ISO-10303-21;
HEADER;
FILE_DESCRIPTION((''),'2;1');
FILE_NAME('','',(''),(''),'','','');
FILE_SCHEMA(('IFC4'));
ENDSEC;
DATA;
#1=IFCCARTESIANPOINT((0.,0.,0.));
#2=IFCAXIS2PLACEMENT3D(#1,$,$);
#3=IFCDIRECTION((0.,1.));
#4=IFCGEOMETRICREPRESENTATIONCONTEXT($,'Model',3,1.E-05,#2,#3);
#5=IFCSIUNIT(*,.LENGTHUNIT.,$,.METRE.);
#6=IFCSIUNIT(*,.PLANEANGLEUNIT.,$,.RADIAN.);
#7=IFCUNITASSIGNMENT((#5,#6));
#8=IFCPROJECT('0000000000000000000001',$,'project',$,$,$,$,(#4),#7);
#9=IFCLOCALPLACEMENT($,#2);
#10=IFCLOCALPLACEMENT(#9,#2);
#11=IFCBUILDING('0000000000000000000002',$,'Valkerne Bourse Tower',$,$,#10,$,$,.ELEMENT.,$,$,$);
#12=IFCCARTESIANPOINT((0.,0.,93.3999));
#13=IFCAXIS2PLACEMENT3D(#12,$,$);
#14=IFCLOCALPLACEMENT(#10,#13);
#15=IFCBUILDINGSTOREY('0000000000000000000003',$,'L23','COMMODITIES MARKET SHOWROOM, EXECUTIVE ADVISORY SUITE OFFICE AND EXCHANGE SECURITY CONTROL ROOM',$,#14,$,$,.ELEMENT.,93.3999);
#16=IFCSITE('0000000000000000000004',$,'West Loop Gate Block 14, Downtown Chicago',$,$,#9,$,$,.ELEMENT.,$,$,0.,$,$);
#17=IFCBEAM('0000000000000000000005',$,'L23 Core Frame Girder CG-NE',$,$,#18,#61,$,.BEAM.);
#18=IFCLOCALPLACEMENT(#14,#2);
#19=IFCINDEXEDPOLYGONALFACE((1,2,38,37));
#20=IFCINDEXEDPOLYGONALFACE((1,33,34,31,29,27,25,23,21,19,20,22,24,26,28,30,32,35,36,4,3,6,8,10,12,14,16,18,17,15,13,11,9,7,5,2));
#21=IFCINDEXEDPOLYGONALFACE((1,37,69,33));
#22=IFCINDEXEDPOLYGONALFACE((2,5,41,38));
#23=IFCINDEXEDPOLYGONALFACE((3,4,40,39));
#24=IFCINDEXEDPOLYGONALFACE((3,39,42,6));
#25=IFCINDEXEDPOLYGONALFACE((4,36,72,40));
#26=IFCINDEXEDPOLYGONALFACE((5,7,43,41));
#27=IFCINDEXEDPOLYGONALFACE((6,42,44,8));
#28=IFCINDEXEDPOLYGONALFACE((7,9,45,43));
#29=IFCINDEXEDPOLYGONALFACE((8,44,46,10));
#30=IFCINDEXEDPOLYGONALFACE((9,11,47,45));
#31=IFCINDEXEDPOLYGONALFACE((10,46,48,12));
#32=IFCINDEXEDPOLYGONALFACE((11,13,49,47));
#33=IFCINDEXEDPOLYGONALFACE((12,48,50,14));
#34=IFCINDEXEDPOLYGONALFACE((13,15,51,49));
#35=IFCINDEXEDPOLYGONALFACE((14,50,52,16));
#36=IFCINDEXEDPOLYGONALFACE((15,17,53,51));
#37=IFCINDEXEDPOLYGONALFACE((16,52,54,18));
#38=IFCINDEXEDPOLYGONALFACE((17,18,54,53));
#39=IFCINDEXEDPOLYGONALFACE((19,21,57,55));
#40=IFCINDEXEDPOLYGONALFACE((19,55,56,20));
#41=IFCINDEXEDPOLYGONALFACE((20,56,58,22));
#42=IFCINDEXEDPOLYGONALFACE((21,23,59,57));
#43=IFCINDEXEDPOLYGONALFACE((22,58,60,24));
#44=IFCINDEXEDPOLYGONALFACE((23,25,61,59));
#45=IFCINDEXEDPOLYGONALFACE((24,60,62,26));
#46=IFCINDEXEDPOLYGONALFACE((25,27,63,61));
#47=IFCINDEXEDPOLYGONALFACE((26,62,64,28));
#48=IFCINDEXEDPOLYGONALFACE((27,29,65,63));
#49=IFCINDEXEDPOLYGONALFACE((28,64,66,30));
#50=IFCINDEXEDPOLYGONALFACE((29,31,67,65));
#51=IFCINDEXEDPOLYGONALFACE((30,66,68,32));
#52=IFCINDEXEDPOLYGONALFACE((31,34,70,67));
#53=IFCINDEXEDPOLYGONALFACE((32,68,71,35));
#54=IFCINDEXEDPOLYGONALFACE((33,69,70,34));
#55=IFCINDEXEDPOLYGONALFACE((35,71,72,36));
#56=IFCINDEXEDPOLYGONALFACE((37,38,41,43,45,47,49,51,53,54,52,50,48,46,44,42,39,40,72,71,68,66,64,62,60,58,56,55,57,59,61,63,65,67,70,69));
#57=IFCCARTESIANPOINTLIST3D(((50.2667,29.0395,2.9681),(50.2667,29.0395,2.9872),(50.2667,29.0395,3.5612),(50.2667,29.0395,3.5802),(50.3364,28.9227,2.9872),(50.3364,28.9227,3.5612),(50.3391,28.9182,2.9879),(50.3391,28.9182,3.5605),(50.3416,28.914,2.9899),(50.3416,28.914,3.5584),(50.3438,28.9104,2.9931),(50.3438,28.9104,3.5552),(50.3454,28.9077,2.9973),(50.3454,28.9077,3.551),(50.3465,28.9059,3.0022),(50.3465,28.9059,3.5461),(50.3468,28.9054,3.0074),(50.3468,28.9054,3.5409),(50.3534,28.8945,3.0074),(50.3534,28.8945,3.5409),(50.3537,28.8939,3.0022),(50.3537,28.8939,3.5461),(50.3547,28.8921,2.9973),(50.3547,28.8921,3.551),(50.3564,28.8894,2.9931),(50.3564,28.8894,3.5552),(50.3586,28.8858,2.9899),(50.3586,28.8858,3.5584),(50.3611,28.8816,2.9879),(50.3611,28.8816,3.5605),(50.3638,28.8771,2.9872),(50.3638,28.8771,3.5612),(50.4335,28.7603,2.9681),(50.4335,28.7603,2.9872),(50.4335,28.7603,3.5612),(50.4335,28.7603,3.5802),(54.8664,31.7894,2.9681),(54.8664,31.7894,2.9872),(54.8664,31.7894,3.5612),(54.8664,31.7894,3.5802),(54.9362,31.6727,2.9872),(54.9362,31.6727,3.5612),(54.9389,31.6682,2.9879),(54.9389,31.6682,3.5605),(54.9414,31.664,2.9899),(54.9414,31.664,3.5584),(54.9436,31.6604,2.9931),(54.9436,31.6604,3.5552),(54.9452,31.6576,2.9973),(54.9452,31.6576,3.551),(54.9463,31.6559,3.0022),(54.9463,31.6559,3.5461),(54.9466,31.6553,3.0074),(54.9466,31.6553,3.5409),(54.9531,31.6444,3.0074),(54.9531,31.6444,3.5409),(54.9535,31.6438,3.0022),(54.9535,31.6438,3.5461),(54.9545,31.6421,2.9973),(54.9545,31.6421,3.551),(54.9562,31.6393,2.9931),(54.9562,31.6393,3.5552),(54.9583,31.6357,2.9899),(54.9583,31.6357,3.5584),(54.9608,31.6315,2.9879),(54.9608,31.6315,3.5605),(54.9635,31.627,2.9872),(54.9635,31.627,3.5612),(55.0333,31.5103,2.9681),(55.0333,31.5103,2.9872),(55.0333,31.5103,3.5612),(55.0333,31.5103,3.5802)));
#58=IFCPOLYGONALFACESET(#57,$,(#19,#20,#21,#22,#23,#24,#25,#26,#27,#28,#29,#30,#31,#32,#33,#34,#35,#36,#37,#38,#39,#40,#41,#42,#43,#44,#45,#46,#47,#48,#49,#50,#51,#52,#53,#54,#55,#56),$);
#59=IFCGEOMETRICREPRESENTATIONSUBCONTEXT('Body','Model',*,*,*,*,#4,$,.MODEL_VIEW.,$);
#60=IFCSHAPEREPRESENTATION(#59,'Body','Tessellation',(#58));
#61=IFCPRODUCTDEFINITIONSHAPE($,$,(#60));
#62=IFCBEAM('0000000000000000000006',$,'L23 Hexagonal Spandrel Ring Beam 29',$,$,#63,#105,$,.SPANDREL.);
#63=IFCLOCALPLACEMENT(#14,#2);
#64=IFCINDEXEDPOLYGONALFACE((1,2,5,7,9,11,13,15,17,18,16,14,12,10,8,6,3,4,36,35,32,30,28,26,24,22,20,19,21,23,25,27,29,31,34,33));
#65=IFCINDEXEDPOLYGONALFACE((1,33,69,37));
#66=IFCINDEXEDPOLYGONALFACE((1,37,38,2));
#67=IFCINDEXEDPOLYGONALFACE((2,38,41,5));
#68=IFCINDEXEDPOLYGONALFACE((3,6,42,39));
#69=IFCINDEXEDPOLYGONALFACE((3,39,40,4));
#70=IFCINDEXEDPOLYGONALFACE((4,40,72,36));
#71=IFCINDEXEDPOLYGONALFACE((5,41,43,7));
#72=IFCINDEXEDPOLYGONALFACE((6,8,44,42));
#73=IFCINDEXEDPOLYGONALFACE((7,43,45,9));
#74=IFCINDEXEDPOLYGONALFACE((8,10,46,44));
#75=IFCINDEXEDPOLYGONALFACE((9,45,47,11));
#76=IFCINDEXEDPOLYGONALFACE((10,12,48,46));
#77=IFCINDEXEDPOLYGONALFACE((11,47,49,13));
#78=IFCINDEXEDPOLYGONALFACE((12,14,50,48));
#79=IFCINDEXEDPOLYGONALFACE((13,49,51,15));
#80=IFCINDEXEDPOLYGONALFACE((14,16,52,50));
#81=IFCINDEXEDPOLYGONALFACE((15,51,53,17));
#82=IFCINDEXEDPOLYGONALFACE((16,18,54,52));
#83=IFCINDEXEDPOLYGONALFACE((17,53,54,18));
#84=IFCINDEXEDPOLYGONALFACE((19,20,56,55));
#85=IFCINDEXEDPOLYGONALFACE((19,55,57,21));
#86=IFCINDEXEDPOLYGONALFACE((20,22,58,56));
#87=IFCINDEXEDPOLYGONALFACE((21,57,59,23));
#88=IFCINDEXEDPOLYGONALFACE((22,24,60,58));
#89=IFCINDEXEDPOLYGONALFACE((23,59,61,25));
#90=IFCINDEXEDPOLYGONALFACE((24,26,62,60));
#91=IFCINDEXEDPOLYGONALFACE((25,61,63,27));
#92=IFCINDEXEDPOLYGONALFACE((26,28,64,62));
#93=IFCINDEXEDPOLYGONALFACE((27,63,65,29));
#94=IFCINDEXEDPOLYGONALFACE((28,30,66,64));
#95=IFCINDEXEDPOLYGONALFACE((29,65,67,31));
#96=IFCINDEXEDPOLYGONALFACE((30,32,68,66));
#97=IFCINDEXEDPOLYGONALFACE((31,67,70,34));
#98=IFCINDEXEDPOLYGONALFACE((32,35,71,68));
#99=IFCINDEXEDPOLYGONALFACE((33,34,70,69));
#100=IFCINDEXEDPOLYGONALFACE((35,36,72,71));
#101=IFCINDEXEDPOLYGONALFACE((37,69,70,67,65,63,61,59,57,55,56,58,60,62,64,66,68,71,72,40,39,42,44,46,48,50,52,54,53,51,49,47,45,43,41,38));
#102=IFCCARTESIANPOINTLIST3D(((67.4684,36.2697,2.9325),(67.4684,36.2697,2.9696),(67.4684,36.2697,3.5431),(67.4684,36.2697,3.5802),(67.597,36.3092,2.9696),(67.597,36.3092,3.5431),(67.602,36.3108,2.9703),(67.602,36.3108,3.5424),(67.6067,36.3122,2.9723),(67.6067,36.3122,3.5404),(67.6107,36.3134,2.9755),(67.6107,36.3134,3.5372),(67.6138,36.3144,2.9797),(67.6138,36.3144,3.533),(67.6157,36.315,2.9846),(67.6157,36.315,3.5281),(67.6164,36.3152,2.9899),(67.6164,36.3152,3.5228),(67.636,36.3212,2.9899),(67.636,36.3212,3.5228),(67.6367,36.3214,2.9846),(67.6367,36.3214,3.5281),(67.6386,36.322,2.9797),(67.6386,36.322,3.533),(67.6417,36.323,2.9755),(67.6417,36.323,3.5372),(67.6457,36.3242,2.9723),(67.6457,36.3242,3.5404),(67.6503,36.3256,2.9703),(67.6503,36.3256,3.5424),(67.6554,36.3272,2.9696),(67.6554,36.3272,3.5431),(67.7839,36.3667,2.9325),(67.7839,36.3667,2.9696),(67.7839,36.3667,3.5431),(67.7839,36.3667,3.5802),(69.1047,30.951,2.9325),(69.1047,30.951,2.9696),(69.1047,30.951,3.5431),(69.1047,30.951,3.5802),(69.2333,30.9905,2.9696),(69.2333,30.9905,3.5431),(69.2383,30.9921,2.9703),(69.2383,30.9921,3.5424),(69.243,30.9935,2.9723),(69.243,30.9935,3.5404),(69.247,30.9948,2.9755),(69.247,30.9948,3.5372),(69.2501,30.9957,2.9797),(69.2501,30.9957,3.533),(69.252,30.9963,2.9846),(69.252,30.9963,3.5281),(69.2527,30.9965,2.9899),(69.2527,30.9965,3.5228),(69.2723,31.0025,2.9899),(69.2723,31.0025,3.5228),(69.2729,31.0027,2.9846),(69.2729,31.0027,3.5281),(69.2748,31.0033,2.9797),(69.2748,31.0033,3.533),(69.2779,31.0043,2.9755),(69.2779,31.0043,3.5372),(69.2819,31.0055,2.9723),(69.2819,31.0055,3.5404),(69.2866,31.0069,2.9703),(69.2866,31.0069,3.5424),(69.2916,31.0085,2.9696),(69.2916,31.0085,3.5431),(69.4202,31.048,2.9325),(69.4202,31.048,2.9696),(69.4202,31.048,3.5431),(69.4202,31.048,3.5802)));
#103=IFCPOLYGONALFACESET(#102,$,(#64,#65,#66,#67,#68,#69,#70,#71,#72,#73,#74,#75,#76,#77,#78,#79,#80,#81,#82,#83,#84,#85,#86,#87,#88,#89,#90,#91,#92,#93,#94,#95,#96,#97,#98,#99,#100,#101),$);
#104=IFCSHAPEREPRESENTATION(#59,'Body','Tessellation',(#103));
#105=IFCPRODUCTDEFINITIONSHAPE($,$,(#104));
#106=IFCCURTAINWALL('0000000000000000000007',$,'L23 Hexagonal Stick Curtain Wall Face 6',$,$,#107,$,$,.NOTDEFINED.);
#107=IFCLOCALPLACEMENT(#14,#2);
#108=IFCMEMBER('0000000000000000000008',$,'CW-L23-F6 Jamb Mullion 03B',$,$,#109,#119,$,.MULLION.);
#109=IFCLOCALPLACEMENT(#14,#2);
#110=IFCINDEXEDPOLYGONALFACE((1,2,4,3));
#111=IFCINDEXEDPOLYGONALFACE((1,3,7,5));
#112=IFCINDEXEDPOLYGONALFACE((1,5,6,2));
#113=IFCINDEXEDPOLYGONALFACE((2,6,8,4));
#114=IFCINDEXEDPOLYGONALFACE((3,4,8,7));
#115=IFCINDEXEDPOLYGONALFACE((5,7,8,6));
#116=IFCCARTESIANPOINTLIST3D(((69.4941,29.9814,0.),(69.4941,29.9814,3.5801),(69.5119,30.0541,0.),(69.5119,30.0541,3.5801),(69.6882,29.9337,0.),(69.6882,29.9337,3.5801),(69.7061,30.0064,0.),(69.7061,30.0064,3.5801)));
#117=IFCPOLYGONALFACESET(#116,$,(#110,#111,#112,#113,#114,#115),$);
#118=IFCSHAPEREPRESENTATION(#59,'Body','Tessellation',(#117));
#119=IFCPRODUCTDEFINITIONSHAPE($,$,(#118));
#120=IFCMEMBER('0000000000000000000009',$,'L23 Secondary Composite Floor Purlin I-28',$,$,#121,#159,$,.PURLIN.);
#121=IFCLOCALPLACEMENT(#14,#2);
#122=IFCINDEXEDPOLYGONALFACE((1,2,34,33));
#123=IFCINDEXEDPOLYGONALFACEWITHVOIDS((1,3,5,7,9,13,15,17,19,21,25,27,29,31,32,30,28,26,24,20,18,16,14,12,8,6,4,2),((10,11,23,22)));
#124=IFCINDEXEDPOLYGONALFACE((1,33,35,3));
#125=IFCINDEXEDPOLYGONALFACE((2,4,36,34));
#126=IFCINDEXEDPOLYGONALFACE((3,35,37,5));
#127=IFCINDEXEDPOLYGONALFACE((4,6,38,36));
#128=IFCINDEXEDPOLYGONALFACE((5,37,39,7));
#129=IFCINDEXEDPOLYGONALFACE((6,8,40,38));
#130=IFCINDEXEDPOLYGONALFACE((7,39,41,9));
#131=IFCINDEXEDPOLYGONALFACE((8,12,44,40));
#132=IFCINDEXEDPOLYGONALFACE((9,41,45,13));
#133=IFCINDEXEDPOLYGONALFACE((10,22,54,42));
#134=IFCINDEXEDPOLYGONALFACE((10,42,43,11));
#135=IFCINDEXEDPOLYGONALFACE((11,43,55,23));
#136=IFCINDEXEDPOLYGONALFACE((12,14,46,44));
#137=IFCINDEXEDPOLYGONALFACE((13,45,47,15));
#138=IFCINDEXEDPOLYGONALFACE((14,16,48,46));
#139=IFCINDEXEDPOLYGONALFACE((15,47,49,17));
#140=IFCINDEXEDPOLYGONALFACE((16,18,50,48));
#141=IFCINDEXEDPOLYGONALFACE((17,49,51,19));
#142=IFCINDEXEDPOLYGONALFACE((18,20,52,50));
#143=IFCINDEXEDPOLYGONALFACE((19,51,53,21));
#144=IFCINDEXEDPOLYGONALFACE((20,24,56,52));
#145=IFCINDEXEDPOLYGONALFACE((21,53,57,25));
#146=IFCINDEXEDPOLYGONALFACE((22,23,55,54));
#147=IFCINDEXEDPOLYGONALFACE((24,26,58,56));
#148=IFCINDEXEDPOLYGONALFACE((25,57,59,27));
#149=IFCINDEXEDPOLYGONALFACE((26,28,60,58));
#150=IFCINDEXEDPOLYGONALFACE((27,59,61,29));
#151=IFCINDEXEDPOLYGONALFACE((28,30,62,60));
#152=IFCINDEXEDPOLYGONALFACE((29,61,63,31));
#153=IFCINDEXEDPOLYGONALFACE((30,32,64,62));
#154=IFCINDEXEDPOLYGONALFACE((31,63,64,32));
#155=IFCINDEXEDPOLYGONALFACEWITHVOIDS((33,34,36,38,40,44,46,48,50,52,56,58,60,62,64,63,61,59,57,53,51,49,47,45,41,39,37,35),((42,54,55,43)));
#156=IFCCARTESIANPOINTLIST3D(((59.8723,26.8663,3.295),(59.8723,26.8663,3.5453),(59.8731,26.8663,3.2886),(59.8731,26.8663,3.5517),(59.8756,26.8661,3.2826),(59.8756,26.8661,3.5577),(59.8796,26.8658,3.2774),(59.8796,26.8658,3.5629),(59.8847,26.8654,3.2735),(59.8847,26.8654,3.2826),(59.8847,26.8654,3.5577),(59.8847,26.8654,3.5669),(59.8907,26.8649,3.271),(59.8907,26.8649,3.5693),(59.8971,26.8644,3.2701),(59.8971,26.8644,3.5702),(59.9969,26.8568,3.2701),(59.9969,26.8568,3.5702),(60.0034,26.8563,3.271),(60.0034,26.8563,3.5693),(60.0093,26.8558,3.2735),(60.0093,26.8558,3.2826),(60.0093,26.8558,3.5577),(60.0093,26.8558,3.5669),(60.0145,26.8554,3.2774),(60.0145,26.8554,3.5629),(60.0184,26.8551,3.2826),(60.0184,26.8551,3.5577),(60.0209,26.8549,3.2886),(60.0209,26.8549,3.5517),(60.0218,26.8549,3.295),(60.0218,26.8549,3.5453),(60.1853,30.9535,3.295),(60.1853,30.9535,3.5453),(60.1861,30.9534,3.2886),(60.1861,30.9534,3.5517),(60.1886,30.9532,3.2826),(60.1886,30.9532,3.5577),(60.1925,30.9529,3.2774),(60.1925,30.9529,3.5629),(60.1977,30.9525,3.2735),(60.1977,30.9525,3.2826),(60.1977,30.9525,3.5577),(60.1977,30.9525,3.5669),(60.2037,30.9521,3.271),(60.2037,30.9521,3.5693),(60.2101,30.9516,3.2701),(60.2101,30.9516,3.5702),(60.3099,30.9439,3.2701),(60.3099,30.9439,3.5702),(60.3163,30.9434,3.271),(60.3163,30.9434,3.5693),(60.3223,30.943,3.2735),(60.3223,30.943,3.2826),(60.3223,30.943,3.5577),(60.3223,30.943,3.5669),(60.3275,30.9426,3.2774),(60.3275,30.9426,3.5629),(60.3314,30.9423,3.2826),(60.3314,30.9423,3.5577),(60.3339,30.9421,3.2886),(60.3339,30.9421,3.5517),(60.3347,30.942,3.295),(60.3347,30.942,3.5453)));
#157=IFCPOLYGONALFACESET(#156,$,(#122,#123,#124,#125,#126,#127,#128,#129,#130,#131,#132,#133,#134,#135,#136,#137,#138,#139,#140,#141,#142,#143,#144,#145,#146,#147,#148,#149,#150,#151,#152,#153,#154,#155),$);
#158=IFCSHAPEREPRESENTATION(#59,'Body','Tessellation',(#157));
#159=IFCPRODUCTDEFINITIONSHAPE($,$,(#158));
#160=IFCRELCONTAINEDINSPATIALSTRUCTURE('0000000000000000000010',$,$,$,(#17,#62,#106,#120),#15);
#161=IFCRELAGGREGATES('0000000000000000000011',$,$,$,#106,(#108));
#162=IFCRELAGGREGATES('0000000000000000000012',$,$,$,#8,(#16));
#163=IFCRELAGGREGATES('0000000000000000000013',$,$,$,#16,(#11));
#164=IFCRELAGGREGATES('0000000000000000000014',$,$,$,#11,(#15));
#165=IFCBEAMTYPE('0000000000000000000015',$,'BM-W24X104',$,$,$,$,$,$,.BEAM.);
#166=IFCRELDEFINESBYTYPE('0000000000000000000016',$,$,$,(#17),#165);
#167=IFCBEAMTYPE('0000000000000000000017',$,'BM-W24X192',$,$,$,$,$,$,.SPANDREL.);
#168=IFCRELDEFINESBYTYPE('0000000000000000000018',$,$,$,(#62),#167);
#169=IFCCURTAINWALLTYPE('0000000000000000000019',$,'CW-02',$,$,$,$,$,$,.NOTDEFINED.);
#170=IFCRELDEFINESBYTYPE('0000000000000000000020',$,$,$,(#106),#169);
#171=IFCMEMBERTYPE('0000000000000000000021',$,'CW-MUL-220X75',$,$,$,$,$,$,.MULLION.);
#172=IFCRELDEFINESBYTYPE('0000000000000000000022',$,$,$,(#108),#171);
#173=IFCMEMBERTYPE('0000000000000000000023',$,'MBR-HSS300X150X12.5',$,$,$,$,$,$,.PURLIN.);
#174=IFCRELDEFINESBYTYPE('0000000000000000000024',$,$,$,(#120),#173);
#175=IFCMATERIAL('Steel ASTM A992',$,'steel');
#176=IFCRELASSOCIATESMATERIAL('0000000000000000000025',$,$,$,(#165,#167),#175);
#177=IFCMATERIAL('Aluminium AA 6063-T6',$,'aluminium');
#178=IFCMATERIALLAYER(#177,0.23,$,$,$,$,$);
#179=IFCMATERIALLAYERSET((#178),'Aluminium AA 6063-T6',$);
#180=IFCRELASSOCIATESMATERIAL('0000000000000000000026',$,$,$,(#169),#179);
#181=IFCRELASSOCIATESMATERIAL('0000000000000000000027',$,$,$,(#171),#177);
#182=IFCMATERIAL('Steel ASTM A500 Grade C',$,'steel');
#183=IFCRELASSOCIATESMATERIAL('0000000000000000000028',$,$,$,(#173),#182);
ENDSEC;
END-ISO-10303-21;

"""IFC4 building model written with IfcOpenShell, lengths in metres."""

from ifc_helpers import new_model, si_unit, direction, frame, origin, origin_2d, place, context, subcontext, project, spatial, rectangle, hollow_rectangle, i_section, extrude, material, layer, layer_set, material_profile, profile_set, type_object, element, aggregate, save


model = new_model("IFC4")

# Units and contexts
model_context = context("Model", 3, precision=1e-05, world=origin(), true_north=direction((0.0, 1.0)))
body_context = subcontext(model_context, "Body", "Model", "MODEL_VIEW")
ifc_project = project(units=[si_unit("LENGTHUNIT", "METRE"), si_unit("PLANEANGLEUNIT", "RADIAN")], contexts=[model_context])

# Site, building, storey
site_placement = place(None, origin())
site = spatial("IfcSite", under=ifc_project, at=site_placement, Name="West Loop Gate Block 14, Downtown Chicago", CompositionType="ELEMENT", RefElevation=0.0)
building_placement = place(site_placement, origin())
building = spatial("IfcBuilding", under=site, at=building_placement, Name="Valkerne Bourse Tower", CompositionType="ELEMENT")
storey_placement = place(building_placement, frame((0.0, 0.0, 93.3999)))
storey = spatial("IfcBuildingStorey", under=building, at=storey_placement, Name="L23", Description="COMMODITIES MARKET SHOWROOM, EXECUTIVE ADVISORY SUITE OFFICE AND EXCHANGE SECURITY CONTROL ROOM", CompositionType="ELEMENT", Elevation=93.3999)

# Beams
ifc_material_1 = material(Name="Steel ASTM A992", Category="steel")
ifc_material_profile_1 = material_profile(ifc_material_1, i_section(OverallWidth=0.3252, OverallDepth=0.6121, WebThickness=0.0127, FlangeThickness=0.019, FilletRadius=0.0203, at=origin_2d()), Name="W24X104")
ifc_profile_set_1 = profile_set([ifc_material_profile_1], Name="Steel ASTM A992")
beam_type_1 = type_object("IfcBeamType", Name="BM-W24X104", PredefinedType="BEAM", material=ifc_profile_set_1)
beam_1_placement = place(storey_placement, frame((50.3501, 28.8999, 3.2742), z_axis=(0.858308, 0.513135, 0.0), x_axis=(-0.513135, 0.858308, 0.0)))
element("IfcBeam", 1, at=beam_1_placement, inside=storey, type_object=beam_type_1, Name="L23 Core Frame Girder CG-NE", PredefinedType="BEAM", context=body_context, shape_type="SweptSolid", body=[
    extrude(i_section(OverallWidth=0.3252, OverallDepth=0.6121, WebThickness=0.0127, FlangeThickness=0.019, FilletRadius=0.0203, at=origin_2d()), origin(), (0.0, 0.0, 1.0), 5.3591),
])
ifc_material_profile_2 = material_profile(ifc_material_1, i_section(OverallWidth=0.3301, OverallDepth=0.6477, WebThickness=0.0205, FlangeThickness=0.0371, FilletRadius=0.0203, at=origin_2d()), Name="W24X192")
ifc_profile_set_2 = profile_set([ifc_material_profile_2], Name="Steel ASTM A992")
beam_type_2 = type_object("IfcBeamType", Name="BM-W24X192", PredefinedType="SPANDREL", material=ifc_profile_set_2)
beam_2_placement = place(storey_placement, frame((69.2625, 30.9995, 3.2563), z_axis=(-0.294043, 0.955792, 0.0), x_axis=(-0.955792, -0.294043, 0.0)))
element("IfcBeam", 2, at=beam_2_placement, inside=storey, type_object=beam_type_2, Name="L23 Hexagonal Spandrel Ring Beam 29", PredefinedType="SPANDREL", context=body_context, shape_type="SweptSolid", body=[
    extrude(i_section(OverallWidth=0.3301, OverallDepth=0.6477, WebThickness=0.0205, FlangeThickness=0.0371, FilletRadius=0.0203, at=origin_2d()), origin(), (0.0, 0.0, 1.0), 5.5647),
])

# Curtain wall, member
ifc_material_2 = material(Name="Aluminium AA 6063-T6", Category="aluminium")
ifc_layer_1 = layer(ifc_material_2, 0.23)
ifc_layer_set_1 = layer_set([ifc_layer_1], Name="Aluminium AA 6063-T6")
curtain_wall_type = type_object("IfcCurtainWallType", Name="CW-02", PredefinedType="NOTDEFINED", material=ifc_layer_set_1)
curtain_wall_placement = place(storey_placement, origin())
curtain_wall = element("IfcCurtainWall", 3, at=curtain_wall_placement, inside=storey, type_object=curtain_wall_type, Name="L23 Hexagonal Stick Curtain Wall Face 6", PredefinedType="NOTDEFINED")
ifc_material_profile_3 = material_profile(ifc_material_2, rectangle(XDim=0.075, YDim=0.2, at=origin_2d()), Name="CWM-75X200")
ifc_profile_set_3 = profile_set([ifc_material_profile_3], Name="Aluminium AA 6063-T6")
member_type_1 = type_object("IfcMemberType", Name="CW-MUL-220X75", PredefinedType="MULLION", material=ifc_profile_set_3)
member_1_placement = place(storey_placement, frame((69.6001, 29.9939, 0.0), z_axis=(0.0, 0.0, 1.0), x_axis=(0.238539, 0.971133, 0.0)))
member_1 = element("IfcMember", 4, at=member_1_placement, type_object=member_type_1, Name="CW-L23-F6 Jamb Mullion 03B", PredefinedType="MULLION", context=body_context, shape_type="SweptSolid", body=[
    extrude(rectangle(XDim=0.075, YDim=0.2, at=origin_2d()), origin(), (0.0, 0.0, 1.0), 3.5801),
])

# Member
ifc_material_3 = material(Name="Steel ASTM A500 Grade C", Category="steel")
ifc_material_profile_4 = material_profile(ifc_material_3, hollow_rectangle(XDim=0.1499, YDim=0.3, WallThickness=0.0125, OuterFilletRadius=0.0249, at=origin_2d()), Name="HSS300X150X12.5")
ifc_profile_set_4 = profile_set([ifc_material_profile_4], Name="Steel ASTM A500 Grade C")
member_type_2 = type_object("IfcMemberType", Name="MBR-HSS300X150X12.5", PredefinedType="PURLIN", material=ifc_profile_set_4)
member_2_placement = place(storey_placement, frame((59.947, 26.8606, 3.4202), z_axis=(0.076355, 0.997081, 0.0), x_axis=(-0.997081, 0.076355, 0.0)))
element("IfcMember", 5, at=member_2_placement, inside=storey, type_object=member_type_2, Name="L23 Secondary Composite Floor Purlin I-28", PredefinedType="PURLIN", context=body_context, shape_type="SweptSolid", body=[
    extrude(hollow_rectangle(XDim=0.1499, YDim=0.3, WallThickness=0.0125, OuterFilletRadius=0.0249, at=origin_2d()), origin(), (0.0, 0.0, 1.0), 4.0991),
])

aggregate(curtain_wall, [member_1])

save(model, "model.ifc")
